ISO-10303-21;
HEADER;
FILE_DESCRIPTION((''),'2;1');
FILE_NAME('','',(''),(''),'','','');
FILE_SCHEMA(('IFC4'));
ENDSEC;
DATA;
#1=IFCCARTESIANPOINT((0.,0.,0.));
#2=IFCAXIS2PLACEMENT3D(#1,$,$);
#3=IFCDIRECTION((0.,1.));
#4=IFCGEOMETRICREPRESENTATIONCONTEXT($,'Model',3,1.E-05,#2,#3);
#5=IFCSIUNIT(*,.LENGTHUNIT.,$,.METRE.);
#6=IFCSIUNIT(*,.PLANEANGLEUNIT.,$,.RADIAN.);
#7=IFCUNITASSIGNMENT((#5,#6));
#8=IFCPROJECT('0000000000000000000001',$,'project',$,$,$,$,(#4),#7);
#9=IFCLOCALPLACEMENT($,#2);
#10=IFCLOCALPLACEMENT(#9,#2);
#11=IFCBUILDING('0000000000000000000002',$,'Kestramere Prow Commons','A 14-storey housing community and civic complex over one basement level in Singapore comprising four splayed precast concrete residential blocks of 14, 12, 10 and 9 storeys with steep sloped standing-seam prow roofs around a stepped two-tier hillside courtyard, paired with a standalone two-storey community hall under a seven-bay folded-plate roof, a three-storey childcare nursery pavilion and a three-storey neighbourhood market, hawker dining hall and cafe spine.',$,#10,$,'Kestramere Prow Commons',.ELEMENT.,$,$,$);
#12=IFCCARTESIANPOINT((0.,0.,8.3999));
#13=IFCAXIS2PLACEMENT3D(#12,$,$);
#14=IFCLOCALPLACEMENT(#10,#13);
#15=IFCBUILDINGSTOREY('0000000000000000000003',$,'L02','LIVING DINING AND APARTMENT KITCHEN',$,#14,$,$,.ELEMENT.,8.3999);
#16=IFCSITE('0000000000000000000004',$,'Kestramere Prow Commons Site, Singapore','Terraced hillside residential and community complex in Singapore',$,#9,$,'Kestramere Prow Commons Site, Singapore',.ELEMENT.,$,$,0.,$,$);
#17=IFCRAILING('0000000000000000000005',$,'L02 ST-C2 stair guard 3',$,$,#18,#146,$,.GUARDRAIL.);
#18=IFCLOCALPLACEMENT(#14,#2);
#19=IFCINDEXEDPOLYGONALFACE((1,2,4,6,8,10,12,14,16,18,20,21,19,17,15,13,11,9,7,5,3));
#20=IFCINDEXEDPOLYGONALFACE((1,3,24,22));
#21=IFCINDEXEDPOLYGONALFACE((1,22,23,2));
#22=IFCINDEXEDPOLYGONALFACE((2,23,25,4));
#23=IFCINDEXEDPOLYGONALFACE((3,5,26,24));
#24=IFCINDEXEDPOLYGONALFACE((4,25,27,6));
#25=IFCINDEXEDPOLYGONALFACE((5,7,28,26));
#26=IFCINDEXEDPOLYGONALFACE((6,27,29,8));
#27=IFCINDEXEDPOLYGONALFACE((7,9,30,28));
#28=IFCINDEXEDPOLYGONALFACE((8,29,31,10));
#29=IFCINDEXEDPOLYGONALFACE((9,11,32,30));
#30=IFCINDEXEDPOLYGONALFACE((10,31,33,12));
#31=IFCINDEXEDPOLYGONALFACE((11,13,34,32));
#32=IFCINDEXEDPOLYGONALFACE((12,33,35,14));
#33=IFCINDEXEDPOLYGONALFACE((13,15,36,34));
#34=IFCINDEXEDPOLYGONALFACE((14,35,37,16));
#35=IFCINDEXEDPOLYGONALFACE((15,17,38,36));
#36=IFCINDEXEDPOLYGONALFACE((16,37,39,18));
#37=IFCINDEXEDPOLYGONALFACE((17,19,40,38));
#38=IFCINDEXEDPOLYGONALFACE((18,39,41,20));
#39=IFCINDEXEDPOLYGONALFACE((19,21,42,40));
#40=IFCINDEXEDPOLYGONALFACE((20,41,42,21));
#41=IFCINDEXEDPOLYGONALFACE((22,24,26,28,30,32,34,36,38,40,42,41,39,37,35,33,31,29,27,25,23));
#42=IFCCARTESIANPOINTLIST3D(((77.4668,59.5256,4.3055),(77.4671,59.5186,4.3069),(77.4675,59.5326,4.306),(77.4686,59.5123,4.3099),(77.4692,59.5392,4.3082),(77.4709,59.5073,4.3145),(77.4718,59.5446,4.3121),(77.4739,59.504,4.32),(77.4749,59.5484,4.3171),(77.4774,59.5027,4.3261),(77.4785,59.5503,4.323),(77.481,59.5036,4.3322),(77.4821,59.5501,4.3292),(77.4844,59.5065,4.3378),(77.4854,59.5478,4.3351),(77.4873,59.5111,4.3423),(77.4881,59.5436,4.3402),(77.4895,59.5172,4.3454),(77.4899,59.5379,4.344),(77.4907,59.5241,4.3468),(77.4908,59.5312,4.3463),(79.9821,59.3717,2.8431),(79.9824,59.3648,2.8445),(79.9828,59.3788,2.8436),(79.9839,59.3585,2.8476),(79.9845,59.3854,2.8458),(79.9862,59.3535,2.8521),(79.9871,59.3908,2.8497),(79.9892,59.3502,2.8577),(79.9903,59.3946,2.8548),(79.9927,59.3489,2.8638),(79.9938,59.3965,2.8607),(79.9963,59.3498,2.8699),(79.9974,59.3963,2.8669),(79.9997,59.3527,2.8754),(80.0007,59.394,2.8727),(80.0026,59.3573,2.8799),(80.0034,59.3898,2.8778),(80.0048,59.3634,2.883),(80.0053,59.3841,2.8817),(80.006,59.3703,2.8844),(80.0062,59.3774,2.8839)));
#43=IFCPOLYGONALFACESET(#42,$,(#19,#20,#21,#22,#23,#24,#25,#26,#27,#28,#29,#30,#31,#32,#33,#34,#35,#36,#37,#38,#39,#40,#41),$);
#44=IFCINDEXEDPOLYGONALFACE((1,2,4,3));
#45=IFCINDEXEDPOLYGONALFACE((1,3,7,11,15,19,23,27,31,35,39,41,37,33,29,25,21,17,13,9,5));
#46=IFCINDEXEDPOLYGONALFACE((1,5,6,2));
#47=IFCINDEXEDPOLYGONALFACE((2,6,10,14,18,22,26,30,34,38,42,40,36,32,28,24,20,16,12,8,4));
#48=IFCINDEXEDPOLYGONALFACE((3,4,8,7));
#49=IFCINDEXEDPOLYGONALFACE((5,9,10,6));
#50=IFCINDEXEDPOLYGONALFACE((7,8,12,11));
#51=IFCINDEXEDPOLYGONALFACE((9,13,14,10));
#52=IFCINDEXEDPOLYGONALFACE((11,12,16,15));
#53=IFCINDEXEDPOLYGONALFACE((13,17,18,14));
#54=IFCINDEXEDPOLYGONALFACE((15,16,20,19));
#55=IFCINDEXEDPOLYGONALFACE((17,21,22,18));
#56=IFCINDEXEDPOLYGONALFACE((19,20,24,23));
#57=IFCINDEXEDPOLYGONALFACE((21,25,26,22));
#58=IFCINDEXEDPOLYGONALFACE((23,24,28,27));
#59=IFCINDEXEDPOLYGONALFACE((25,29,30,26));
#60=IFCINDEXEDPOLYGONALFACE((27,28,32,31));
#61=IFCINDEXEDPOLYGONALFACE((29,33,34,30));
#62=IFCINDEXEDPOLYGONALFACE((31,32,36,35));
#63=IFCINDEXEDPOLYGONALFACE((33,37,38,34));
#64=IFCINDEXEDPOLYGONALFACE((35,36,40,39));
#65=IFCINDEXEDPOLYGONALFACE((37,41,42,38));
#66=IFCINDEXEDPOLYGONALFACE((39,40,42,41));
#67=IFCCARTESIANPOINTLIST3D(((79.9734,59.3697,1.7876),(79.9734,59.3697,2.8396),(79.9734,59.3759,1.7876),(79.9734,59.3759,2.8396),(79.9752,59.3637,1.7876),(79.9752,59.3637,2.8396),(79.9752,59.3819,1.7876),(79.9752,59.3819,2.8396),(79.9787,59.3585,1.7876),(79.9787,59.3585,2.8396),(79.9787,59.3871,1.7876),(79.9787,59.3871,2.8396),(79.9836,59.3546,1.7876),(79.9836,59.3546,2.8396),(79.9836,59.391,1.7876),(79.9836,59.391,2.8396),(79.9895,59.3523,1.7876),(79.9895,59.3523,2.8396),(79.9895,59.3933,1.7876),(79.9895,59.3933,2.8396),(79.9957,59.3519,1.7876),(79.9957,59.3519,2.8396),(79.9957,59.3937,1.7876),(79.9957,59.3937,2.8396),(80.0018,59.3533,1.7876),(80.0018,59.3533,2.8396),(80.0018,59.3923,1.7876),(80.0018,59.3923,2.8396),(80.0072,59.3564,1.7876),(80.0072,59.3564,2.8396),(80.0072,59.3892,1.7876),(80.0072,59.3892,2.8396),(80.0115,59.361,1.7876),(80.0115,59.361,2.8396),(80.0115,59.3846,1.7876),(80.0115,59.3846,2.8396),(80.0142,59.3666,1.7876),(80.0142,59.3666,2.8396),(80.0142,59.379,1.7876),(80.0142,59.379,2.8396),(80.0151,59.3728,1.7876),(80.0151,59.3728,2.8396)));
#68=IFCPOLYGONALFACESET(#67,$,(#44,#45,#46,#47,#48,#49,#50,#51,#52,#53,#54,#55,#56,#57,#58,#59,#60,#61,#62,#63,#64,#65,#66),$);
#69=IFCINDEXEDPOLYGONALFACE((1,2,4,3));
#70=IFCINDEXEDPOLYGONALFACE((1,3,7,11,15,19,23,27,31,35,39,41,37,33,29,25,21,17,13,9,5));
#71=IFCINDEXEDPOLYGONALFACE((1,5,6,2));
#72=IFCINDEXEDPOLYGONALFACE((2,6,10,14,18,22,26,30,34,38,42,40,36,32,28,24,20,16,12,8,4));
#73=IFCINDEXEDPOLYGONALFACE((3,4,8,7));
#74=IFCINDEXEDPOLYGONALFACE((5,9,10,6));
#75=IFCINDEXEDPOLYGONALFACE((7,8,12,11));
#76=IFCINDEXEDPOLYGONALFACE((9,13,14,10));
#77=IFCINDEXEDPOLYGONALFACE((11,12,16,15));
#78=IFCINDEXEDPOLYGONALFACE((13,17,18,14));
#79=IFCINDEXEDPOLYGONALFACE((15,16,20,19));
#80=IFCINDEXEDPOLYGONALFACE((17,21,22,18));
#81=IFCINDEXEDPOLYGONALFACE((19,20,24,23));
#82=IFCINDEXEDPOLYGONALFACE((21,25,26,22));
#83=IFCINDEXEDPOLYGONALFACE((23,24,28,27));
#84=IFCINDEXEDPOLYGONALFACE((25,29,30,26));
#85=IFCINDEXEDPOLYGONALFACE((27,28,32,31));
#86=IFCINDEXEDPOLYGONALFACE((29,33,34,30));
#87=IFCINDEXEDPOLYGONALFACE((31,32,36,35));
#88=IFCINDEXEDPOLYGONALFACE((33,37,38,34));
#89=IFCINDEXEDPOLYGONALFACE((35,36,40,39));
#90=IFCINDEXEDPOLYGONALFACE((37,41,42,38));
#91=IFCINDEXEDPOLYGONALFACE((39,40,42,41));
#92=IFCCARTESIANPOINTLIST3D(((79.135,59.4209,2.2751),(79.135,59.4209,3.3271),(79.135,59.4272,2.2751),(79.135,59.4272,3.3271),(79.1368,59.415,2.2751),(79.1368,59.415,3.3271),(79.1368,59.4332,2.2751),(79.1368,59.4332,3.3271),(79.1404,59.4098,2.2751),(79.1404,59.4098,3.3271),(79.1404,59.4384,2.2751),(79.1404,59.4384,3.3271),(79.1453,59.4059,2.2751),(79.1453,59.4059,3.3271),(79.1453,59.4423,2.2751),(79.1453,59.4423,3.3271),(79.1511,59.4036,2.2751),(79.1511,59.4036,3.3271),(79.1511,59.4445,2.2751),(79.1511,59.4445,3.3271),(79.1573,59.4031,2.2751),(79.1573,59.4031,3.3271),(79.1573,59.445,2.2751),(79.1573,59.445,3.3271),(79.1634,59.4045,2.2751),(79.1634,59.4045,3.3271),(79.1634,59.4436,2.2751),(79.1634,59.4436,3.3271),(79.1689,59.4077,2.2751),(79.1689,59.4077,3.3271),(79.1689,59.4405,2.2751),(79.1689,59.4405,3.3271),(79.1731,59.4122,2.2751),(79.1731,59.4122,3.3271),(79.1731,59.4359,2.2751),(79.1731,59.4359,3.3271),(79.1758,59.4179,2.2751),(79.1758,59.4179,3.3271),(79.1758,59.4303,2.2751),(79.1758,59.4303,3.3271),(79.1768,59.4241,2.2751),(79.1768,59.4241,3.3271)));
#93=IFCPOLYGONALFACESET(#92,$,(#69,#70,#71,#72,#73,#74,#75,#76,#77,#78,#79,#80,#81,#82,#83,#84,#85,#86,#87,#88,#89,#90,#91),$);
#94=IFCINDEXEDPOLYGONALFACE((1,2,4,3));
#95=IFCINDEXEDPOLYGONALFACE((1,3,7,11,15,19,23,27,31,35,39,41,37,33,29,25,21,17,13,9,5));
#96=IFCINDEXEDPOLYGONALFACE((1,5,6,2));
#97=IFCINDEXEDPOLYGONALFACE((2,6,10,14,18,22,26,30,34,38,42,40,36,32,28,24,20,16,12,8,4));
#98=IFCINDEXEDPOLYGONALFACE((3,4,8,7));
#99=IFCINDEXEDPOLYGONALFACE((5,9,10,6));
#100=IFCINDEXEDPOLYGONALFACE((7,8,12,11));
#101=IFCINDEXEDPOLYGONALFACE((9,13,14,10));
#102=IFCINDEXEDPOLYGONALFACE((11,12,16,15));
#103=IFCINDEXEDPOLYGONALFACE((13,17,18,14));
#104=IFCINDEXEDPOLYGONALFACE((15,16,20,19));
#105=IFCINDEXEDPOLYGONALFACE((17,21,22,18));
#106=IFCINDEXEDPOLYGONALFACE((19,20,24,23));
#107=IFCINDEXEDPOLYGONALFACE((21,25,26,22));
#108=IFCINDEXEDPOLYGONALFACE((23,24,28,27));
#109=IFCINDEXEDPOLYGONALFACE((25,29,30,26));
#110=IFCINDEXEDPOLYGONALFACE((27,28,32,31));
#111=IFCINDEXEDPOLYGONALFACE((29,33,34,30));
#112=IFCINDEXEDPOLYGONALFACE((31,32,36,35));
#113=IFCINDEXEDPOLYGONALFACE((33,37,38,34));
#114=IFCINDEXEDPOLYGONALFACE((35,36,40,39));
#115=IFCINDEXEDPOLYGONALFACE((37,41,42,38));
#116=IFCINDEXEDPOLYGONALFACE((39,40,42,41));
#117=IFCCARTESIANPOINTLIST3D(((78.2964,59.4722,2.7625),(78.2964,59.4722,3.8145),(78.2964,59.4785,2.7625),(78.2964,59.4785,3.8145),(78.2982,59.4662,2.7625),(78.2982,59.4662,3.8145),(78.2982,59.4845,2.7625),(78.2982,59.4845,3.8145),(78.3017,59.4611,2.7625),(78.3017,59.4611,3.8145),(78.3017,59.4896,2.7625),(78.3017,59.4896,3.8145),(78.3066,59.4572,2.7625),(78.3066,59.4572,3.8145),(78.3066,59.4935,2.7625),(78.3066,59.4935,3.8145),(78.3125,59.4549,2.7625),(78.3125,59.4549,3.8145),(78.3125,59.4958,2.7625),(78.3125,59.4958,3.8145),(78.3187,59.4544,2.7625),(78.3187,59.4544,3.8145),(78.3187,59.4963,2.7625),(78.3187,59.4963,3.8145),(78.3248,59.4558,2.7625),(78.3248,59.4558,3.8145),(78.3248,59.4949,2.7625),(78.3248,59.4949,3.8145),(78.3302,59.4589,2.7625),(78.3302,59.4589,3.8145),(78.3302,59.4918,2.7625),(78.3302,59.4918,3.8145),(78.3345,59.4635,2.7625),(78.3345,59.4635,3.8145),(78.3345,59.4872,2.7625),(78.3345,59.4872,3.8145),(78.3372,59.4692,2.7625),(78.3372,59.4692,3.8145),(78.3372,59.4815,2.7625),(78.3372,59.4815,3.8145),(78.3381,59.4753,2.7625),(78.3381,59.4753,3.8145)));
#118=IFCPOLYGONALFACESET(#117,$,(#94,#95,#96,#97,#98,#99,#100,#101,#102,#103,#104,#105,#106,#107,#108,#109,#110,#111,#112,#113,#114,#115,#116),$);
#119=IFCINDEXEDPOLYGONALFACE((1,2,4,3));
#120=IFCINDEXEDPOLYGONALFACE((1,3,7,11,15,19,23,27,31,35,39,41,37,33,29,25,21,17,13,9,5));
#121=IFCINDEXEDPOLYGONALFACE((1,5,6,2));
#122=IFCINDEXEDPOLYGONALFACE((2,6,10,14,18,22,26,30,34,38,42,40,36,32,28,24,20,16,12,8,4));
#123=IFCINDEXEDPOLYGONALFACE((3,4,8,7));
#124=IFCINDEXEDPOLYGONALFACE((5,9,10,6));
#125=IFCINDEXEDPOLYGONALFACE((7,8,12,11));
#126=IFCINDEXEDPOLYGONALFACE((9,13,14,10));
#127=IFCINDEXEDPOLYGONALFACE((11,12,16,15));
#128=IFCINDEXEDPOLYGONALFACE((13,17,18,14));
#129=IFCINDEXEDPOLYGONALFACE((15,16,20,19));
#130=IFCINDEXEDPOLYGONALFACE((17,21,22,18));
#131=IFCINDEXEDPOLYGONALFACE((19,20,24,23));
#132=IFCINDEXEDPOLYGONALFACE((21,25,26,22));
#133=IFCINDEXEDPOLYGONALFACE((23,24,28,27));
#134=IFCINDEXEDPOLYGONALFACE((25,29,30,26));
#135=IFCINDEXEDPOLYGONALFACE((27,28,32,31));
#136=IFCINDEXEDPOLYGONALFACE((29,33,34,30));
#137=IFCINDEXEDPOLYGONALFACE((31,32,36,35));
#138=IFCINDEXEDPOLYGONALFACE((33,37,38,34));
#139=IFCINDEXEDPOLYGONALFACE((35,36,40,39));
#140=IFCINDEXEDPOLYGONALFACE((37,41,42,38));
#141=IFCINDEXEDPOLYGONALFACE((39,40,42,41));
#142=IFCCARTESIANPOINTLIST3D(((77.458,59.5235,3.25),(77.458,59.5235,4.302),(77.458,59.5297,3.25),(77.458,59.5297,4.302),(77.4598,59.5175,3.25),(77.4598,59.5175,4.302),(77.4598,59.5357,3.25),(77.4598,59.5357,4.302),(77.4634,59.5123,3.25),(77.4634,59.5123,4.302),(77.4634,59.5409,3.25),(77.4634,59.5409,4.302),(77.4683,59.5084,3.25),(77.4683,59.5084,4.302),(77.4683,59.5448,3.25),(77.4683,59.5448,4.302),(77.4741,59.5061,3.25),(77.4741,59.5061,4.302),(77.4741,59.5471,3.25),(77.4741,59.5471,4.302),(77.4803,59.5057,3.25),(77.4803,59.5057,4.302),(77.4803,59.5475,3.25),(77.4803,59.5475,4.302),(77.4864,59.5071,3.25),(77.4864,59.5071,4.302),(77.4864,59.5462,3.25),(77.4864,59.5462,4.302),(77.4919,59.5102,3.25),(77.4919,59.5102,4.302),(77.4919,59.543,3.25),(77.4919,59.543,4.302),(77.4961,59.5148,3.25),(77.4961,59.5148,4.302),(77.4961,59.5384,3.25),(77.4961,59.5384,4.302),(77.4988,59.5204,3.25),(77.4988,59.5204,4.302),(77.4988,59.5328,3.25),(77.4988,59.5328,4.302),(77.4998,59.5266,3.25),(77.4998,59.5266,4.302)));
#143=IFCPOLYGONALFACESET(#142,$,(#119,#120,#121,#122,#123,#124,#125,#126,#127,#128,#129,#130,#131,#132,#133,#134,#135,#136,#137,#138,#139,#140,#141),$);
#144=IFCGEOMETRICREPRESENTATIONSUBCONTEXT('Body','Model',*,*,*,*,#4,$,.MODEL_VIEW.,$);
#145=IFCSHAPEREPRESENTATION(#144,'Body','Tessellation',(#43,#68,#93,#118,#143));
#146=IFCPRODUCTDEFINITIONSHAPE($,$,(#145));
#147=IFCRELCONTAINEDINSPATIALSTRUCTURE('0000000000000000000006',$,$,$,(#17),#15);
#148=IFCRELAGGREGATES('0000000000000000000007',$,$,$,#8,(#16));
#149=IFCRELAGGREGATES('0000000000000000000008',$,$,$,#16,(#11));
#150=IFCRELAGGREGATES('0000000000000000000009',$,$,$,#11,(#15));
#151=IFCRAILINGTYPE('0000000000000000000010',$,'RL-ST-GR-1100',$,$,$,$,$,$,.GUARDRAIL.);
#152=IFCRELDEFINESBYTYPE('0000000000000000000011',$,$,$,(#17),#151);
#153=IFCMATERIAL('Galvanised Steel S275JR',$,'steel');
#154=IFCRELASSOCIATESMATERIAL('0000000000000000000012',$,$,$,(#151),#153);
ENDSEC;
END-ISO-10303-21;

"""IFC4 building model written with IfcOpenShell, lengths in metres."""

from ifc_helpers import new_model, si_unit, direction, frame, origin, origin_2d, place, context, subcontext, project, spatial, circle, extrude, material, type_object, element, save


model = new_model("IFC4")

# Units and contexts
model_context = context("Model", 3, precision=1e-05, world=origin(), true_north=direction((0.0, 1.0)))
body_context = subcontext(model_context, "Body", "Model", "MODEL_VIEW")
ifc_project = project(units=[si_unit("LENGTHUNIT", "METRE"), si_unit("PLANEANGLEUNIT", "RADIAN")], contexts=[model_context])

# Site, building, storey
site_placement = place(None, origin())
site = spatial("IfcSite", under=ifc_project, at=site_placement, Name="Kestramere Prow Commons Site, Singapore", Description="Terraced hillside residential and community complex in Singapore", LongName="Kestramere Prow Commons Site, Singapore", CompositionType="ELEMENT", RefElevation=0.0)
building_placement = place(site_placement, origin())
building = spatial("IfcBuilding", under=site, at=building_placement, Name="Kestramere Prow Commons", Description="A 14-storey housing community and civic complex over one basement level in Singapore comprising four splayed precast concrete residential blocks of 14, 12, 10 and 9 storeys with steep sloped standing-seam prow roofs around a stepped two-tier hillside courtyard, paired with a standalone two-storey community hall under a seven-bay folded-plate roof, a three-storey childcare nursery pavilion and a three-storey neighbourhood market, hawker dining hall and cafe spine.", LongName="Kestramere Prow Commons", CompositionType="ELEMENT")
storey_placement = place(building_placement, frame((0.0, 0.0, 8.3999)))
storey = spatial("IfcBuildingStorey", under=building, at=storey_placement, Name="L02", Description="LIVING DINING AND APARTMENT KITCHEN", CompositionType="ELEMENT", Elevation=8.3999)

# Railing
ifc_material_1 = material(Name="Galvanised Steel S275JR", Category="steel")
railing_type_1 = type_object("IfcRailingType", Name="RL-ST-GR-1100", PredefinedType="GUARDRAIL", material=ifc_material_1)
railing_1_placement = place(storey_placement, frame((79.9941, 59.3728, 1.7876)))
element("IfcRailing", 1, at=railing_1_placement, inside=storey, type_object=railing_type_1, Name="L02 ST-C2 stair guard 3", PredefinedType="GUARDRAIL", context=body_context, shape_type="SweptSolid", body=[
    extrude(circle(Radius=0.0239, at=origin_2d()), frame((0.0, 0.0, 1.0762), z_axis=(-0.863306, 0.052789, 0.501912), x_axis=(-0.061033, -0.998136, 0.0)), (0.0, 0.0, 1.0), 2.9136),
    extrude(circle(Radius=0.021, at=origin_2d()), origin(), (0.0, 0.0, 1.0), 1.052),
    extrude(circle(Radius=0.021, at=origin_2d()), frame((-0.8384, 0.0513, 0.4875)), (0.0, 0.0, 1.0), 1.052),
    extrude(circle(Radius=0.021, at=origin_2d()), frame((-1.677, 0.1025, 0.9749)), (0.0, 0.0, 1.0), 1.052),
    extrude(circle(Radius=0.021, at=origin_2d()), frame((-2.5154, 0.1538, 1.4624)), (0.0, 0.0, 1.0), 1.052),
])

save(model, "model.ifc")
